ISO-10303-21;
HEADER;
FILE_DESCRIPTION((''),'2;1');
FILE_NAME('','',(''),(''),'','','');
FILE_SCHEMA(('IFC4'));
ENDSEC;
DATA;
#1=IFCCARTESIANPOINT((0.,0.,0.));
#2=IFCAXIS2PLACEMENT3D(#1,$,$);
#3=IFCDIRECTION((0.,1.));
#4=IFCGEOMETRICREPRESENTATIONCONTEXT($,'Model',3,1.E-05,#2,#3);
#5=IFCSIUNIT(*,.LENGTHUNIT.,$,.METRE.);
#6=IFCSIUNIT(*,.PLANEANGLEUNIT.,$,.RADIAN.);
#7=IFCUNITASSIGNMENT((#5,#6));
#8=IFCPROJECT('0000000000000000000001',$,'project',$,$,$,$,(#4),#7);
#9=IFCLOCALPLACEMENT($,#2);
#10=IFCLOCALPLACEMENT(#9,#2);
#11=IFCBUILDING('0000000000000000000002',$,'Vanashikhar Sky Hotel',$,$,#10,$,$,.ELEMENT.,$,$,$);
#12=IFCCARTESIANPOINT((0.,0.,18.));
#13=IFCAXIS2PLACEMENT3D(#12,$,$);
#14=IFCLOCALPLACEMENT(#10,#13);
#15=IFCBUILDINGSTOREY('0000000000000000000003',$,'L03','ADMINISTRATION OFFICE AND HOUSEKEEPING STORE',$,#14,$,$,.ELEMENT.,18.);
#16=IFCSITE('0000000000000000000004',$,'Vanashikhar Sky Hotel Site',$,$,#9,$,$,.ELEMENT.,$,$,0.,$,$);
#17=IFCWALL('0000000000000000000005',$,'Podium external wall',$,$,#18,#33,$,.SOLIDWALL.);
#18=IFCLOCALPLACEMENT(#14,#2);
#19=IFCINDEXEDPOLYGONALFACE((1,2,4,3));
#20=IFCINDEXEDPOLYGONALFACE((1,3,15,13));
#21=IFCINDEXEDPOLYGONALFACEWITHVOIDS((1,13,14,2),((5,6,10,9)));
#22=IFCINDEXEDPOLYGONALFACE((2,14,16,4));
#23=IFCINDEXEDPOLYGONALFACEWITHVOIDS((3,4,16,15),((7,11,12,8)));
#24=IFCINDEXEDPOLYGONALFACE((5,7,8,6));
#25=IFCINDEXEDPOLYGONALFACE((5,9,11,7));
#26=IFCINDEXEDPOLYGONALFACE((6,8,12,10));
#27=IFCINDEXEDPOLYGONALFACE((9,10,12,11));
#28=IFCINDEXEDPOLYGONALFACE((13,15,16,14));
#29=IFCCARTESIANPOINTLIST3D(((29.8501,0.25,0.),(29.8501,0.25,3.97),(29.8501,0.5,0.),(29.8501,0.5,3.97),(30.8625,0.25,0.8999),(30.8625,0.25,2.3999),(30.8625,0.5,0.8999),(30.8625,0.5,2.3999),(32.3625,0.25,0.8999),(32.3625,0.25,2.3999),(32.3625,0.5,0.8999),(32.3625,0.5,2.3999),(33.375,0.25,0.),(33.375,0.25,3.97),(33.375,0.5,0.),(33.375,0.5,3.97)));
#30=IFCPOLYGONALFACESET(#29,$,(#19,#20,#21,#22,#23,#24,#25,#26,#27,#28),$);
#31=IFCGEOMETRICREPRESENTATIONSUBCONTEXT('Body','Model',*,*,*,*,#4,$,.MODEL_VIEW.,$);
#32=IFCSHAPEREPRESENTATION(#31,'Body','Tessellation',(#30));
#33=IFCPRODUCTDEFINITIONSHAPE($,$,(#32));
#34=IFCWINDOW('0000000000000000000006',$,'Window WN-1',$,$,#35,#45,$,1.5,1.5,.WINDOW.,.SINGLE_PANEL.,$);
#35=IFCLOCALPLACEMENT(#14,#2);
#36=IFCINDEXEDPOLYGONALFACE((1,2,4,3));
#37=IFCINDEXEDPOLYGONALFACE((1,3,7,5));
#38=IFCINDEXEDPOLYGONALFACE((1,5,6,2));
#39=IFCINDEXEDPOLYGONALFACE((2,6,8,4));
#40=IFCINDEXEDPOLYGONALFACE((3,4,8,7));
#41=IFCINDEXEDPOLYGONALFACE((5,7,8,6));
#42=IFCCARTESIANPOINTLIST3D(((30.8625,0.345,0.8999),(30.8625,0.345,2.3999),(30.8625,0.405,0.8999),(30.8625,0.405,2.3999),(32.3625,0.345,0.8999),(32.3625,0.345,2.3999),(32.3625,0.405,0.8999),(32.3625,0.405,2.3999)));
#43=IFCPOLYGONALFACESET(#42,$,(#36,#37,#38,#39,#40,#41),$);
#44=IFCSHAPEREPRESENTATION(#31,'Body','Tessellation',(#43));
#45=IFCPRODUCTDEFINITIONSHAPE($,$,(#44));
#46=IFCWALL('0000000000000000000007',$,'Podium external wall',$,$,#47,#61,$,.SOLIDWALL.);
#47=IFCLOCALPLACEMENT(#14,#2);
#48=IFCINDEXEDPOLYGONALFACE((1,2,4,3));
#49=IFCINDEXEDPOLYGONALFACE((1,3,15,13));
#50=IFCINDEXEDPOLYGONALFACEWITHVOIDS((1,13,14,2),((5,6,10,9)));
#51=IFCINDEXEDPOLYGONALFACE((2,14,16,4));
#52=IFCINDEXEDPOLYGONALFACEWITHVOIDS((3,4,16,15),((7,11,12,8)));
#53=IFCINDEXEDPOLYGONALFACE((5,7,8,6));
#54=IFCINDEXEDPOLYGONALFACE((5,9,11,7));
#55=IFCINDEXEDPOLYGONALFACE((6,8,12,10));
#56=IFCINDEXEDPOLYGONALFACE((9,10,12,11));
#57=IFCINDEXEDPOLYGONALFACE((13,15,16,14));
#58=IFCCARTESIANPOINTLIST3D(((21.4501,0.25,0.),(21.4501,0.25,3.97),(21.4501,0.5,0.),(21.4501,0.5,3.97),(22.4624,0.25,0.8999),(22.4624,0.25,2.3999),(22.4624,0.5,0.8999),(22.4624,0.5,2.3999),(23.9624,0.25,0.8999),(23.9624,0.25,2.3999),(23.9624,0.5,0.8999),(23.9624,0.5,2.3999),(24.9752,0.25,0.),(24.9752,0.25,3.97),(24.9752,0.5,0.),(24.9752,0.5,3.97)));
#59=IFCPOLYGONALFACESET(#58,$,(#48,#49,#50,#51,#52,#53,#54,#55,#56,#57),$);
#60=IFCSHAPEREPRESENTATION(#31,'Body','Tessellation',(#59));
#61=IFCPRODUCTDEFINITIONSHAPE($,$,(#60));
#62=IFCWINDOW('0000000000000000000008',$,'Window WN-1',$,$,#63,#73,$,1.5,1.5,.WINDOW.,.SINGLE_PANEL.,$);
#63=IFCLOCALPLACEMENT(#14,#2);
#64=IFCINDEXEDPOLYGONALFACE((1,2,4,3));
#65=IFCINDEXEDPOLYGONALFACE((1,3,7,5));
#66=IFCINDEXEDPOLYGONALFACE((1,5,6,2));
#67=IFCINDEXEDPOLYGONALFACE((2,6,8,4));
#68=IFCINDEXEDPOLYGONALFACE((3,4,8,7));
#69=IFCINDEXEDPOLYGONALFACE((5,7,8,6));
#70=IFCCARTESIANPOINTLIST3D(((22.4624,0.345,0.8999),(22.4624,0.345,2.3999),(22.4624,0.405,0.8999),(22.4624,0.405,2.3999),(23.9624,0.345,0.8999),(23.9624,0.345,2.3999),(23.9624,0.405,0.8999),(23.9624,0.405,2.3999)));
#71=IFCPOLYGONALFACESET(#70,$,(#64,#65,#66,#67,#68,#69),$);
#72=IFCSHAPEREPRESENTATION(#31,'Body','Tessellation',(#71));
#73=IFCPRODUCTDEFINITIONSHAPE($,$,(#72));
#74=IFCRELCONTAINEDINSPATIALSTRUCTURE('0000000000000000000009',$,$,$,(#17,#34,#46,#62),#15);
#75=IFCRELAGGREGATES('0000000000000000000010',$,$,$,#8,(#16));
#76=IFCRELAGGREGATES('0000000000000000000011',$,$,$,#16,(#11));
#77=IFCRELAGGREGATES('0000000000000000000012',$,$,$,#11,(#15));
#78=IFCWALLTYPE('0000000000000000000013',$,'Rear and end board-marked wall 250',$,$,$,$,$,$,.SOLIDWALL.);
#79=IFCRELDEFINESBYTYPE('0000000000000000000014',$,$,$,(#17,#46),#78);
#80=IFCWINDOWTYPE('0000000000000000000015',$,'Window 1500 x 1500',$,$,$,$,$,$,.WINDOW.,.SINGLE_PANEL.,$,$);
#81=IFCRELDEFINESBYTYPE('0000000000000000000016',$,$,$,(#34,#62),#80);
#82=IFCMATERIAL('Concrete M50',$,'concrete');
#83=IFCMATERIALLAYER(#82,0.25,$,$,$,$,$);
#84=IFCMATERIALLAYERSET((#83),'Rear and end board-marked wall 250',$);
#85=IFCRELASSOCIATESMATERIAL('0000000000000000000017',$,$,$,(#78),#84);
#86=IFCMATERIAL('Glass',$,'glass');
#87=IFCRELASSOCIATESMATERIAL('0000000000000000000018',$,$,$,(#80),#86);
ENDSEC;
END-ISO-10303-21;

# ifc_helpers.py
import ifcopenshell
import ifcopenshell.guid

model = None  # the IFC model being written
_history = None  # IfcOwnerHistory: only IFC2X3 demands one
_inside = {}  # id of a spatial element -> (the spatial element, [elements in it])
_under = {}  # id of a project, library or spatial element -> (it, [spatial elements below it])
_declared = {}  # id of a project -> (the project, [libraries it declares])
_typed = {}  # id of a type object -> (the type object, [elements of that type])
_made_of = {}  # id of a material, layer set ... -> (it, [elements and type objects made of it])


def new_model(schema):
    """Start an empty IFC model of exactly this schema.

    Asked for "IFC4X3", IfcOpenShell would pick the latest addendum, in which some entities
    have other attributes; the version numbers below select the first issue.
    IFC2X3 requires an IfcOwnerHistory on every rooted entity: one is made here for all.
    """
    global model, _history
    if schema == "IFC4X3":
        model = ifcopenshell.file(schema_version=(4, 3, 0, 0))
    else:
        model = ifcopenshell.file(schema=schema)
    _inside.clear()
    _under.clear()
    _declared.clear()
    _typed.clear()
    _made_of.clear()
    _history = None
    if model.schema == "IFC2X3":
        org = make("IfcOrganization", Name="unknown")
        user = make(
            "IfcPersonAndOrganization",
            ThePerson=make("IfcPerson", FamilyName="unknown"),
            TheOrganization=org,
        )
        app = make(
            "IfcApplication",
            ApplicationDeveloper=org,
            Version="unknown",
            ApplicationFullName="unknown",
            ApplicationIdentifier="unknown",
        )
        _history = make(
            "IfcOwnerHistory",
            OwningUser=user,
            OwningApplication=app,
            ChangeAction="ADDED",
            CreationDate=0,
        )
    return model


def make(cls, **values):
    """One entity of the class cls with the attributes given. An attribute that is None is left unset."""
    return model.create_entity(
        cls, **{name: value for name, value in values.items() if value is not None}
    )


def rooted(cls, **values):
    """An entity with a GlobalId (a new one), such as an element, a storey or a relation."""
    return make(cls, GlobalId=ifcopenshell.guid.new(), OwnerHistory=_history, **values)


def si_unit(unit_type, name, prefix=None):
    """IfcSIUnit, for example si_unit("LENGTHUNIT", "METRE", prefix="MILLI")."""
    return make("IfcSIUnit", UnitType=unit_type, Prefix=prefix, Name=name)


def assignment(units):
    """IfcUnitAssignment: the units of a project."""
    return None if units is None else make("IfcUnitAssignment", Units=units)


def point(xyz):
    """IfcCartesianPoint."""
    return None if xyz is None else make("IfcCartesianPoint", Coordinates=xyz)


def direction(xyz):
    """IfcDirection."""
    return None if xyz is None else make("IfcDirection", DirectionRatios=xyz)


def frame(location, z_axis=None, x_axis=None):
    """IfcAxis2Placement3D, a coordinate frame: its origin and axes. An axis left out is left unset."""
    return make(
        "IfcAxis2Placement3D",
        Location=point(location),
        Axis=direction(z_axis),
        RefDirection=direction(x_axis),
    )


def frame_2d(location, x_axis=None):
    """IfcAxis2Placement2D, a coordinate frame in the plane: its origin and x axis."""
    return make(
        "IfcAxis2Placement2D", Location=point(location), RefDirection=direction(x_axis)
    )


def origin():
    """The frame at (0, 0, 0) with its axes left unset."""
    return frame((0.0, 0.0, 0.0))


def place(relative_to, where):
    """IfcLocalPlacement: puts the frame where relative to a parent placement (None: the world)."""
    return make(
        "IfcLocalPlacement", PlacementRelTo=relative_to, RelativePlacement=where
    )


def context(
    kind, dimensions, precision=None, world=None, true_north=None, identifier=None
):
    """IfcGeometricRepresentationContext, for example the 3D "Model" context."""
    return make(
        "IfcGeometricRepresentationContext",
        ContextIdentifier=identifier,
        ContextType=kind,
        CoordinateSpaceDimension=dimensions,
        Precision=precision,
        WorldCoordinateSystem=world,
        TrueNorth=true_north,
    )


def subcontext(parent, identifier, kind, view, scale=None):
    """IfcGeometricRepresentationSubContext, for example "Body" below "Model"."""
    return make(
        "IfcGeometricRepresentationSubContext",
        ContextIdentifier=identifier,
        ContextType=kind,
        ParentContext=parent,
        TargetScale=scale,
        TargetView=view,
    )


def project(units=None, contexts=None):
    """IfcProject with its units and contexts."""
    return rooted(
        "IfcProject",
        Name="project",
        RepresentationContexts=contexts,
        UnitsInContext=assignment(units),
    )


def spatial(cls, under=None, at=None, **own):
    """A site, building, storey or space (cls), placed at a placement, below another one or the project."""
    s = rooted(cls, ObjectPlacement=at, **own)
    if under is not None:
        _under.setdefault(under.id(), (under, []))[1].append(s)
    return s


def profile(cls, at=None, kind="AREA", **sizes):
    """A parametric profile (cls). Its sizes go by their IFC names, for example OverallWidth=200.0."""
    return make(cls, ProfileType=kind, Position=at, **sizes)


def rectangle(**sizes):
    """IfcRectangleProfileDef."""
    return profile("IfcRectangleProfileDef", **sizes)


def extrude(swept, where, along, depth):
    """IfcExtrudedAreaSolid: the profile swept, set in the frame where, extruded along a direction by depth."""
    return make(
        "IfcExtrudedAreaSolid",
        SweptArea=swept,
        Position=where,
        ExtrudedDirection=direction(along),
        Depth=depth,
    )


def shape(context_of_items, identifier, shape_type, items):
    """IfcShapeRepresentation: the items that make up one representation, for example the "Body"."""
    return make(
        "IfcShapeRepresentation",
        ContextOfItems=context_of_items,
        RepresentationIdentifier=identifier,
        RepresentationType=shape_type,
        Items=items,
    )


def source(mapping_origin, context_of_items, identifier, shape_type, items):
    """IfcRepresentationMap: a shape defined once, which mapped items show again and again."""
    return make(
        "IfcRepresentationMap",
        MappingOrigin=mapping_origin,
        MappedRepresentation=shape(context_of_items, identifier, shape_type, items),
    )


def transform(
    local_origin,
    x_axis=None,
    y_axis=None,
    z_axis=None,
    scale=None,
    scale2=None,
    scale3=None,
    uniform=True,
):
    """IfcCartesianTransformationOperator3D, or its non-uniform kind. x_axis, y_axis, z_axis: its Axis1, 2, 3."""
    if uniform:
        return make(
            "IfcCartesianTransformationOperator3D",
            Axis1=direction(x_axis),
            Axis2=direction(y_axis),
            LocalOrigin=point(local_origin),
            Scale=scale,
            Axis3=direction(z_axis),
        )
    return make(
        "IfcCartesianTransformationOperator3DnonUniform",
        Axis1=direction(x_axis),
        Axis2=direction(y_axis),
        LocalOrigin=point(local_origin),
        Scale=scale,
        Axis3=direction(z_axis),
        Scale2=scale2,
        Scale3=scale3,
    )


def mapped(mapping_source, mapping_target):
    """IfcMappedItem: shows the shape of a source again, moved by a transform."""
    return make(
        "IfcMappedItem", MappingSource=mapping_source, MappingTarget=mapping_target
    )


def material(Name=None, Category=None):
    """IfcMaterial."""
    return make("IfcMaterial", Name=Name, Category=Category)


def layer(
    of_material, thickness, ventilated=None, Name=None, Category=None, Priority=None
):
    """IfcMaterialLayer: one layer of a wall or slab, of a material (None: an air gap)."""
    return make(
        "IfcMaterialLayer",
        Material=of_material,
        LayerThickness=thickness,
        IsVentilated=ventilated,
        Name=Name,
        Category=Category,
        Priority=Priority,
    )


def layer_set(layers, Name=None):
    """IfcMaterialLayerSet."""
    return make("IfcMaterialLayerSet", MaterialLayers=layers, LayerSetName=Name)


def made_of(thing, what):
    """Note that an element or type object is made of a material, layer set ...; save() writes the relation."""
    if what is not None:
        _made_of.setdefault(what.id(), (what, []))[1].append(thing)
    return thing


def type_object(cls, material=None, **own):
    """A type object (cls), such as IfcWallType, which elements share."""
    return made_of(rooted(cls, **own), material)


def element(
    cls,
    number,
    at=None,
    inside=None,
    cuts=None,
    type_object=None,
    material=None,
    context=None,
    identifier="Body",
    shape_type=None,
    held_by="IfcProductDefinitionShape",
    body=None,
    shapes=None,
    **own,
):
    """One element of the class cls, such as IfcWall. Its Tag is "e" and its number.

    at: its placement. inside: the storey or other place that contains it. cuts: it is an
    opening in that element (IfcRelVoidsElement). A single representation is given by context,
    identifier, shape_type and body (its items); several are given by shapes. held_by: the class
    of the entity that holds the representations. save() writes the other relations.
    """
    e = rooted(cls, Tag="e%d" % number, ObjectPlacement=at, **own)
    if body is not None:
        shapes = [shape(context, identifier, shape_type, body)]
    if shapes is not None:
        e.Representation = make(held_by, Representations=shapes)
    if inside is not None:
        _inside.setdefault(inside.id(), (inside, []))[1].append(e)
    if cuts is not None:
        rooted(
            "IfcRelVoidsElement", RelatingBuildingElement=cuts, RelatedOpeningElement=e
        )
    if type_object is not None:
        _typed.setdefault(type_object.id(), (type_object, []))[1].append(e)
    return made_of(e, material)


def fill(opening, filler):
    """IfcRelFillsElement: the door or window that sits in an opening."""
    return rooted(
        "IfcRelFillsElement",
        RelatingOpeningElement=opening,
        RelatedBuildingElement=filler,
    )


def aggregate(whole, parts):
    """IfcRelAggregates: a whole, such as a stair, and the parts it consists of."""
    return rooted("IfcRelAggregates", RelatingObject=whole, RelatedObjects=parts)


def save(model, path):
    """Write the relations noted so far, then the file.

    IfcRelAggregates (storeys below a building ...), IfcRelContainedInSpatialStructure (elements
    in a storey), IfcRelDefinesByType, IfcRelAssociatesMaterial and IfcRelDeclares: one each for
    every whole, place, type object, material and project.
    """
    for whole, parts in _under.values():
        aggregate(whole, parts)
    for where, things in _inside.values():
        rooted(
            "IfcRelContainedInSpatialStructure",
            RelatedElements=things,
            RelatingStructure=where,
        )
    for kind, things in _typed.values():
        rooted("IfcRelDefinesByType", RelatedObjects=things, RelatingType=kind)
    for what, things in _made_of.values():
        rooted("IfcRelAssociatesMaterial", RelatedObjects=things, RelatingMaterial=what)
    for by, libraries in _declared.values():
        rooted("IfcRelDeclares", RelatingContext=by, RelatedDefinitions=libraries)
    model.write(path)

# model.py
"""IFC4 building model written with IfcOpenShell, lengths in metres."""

from ifc_helpers import new_model, si_unit, direction, frame, frame_2d, origin, place, context, subcontext, project, spatial, rectangle, extrude, source, transform, mapped, material, layer, layer_set, type_object, element, fill, save


model = new_model("IFC4")

# Units and contexts
model_context = context("Model", 3, precision=1e-05, world=origin(), true_north=direction((0.0, 1.0)))
body_context = subcontext(model_context, "Body", "Model", "MODEL_VIEW")
ifc_project = project(units=[si_unit("LENGTHUNIT", "METRE"), si_unit("PLANEANGLEUNIT", "RADIAN")], contexts=[model_context])

# Site, building, storey
site_placement = place(None, origin())
site = spatial("IfcSite", under=ifc_project, at=site_placement, Name="Vanashikhar Sky Hotel Site", CompositionType="ELEMENT", RefElevation=0.0)
building_placement = place(site_placement, origin())
building = spatial("IfcBuilding", under=site, at=building_placement, Name="Vanashikhar Sky Hotel", CompositionType="ELEMENT")
storey_placement = place(building_placement, frame((0.0, 0.0, 18.0)))
storey = spatial("IfcBuildingStorey", under=building, at=storey_placement, Name="L03", Description="ADMINISTRATION OFFICE AND HOUSEKEEPING STORE", CompositionType="ELEMENT", Elevation=18.0)

# Shared definitions
ifc_material_1 = material(Name="Concrete M50", Category="concrete")

# Walls, openings, windows
ifc_material_2 = material(Name="Glass", Category="glass")
ifc_layer_1 = layer(ifc_material_1, 0.25)
ifc_layer_set_1 = layer_set([ifc_layer_1], Name="Rear and end board-marked wall 250")
wall_type_1 = type_object("IfcWallType", Name="Rear and end board-marked wall 250", PredefinedType="SOLIDWALL", material=ifc_layer_set_1)
shared_shape_1 = source(origin(), body_context, "Body", "SweptSolid", [
    extrude(rectangle(XDim=3.5249, YDim=0.25, at=frame_2d((1.7625, 0.0))), origin(), (0.0, 0.0, 1.0), 3.97),
])
shared_shape_2 = source(origin(), body_context, "Body", "SweptSolid", [
    extrude(rectangle(XDim=1.5, YDim=1.5, at=frame_2d((0.75, 0.75))), frame((0.0, 0.135, 0.0), z_axis=(0.0, -1.0, 0.0), x_axis=(1.0, 0.0, 0.0)), (0.0, 0.0, 1.0), 0.27),
])
window_type_1 = type_object("IfcWindowType", Name="Window 1500 x 1500", PartitioningType="SINGLE_PANEL", PredefinedType="WINDOW", material=ifc_material_2)
shared_shape_3 = source(origin(), body_context, "Body", "SweptSolid", [
    extrude(rectangle(XDim=1.5, YDim=1.5, at=frame_2d((0.75, 0.75))), frame((0.0, 0.03, 0.0), z_axis=(0.0, -1.0, 0.0), x_axis=(1.0, 0.0, 0.0)), (0.0, 0.0, 1.0), 0.0601),
])
wall_1_placement = place(storey_placement, frame((29.8501, 0.375, 0.0), z_axis=(0.0, 0.0, 1.0), x_axis=(1.0, 0.0, 0.0)))
wall_1 = element("IfcWall", 1, at=wall_1_placement, inside=storey, type_object=wall_type_1, Name="Podium external wall", PredefinedType="SOLIDWALL", context=body_context, shape_type="MappedRepresentation", body=[
    mapped(shared_shape_1, transform((0.0, 0.0, 0.0), scale=1.0)),
])
opening_1_placement = place(wall_1_placement, frame((1.0125, 0.0, 0.8999)))
opening_1 = element("IfcOpeningElement", 2, at=opening_1_placement, cuts=wall_1, PredefinedType="OPENING", context=body_context, shape_type="MappedRepresentation", body=[
    mapped(shared_shape_2, transform((0.0, 0.0, 0.0), scale=1.0)),
])
window_1_placement = place(opening_1_placement, origin())
window_1 = element("IfcWindow", 3, at=window_1_placement, inside=storey, type_object=window_type_1, Name="Window WN-1", OverallHeight=1.5, OverallWidth=1.5, PartitioningType="SINGLE_PANEL", PredefinedType="WINDOW", context=body_context, shape_type="MappedRepresentation", body=[
    mapped(shared_shape_3, transform((0.0, 0.0, 0.0), scale=1.0)),
])
fill(opening_1, window_1)
shared_shape_4 = source(origin(), body_context, "Body", "SweptSolid", [
    extrude(rectangle(XDim=3.5251, YDim=0.25, at=frame_2d((1.7627, 0.0))), origin(), (0.0, 0.0, 1.0), 3.97),
])
wall_2_placement = place(storey_placement, frame((21.45, 0.375, 0.0), z_axis=(0.0, 0.0, 1.0), x_axis=(1.0, 0.0, 0.0)))
wall_2 = element("IfcWall", 4, at=wall_2_placement, inside=storey, type_object=wall_type_1, Name="Podium external wall", PredefinedType="SOLIDWALL", context=body_context, shape_type="MappedRepresentation", body=[
    mapped(shared_shape_4, transform((0.0, 0.0, 0.0), scale=1.0)),
])
opening_2_placement = place(wall_2_placement, frame((1.0125, 0.0, 0.8999)))
opening_2 = element("IfcOpeningElement", 5, at=opening_2_placement, cuts=wall_2, PredefinedType="OPENING", context=body_context, shape_type="MappedRepresentation", body=[
    mapped(shared_shape_2, transform((0.0, 0.0, 0.0), scale=1.0)),
])
window_2_placement = place(opening_2_placement, origin())
window_2 = element("IfcWindow", 6, at=window_2_placement, inside=storey, type_object=window_type_1, Name="Window WN-1", OverallHeight=1.5, OverallWidth=1.5, PartitioningType="SINGLE_PANEL", PredefinedType="WINDOW", context=body_context, shape_type="MappedRepresentation", body=[
    mapped(shared_shape_3, transform((0.0, 0.0, 0.0), scale=1.0)),
])
fill(opening_2, window_2)

save(model, "model.ifc")
